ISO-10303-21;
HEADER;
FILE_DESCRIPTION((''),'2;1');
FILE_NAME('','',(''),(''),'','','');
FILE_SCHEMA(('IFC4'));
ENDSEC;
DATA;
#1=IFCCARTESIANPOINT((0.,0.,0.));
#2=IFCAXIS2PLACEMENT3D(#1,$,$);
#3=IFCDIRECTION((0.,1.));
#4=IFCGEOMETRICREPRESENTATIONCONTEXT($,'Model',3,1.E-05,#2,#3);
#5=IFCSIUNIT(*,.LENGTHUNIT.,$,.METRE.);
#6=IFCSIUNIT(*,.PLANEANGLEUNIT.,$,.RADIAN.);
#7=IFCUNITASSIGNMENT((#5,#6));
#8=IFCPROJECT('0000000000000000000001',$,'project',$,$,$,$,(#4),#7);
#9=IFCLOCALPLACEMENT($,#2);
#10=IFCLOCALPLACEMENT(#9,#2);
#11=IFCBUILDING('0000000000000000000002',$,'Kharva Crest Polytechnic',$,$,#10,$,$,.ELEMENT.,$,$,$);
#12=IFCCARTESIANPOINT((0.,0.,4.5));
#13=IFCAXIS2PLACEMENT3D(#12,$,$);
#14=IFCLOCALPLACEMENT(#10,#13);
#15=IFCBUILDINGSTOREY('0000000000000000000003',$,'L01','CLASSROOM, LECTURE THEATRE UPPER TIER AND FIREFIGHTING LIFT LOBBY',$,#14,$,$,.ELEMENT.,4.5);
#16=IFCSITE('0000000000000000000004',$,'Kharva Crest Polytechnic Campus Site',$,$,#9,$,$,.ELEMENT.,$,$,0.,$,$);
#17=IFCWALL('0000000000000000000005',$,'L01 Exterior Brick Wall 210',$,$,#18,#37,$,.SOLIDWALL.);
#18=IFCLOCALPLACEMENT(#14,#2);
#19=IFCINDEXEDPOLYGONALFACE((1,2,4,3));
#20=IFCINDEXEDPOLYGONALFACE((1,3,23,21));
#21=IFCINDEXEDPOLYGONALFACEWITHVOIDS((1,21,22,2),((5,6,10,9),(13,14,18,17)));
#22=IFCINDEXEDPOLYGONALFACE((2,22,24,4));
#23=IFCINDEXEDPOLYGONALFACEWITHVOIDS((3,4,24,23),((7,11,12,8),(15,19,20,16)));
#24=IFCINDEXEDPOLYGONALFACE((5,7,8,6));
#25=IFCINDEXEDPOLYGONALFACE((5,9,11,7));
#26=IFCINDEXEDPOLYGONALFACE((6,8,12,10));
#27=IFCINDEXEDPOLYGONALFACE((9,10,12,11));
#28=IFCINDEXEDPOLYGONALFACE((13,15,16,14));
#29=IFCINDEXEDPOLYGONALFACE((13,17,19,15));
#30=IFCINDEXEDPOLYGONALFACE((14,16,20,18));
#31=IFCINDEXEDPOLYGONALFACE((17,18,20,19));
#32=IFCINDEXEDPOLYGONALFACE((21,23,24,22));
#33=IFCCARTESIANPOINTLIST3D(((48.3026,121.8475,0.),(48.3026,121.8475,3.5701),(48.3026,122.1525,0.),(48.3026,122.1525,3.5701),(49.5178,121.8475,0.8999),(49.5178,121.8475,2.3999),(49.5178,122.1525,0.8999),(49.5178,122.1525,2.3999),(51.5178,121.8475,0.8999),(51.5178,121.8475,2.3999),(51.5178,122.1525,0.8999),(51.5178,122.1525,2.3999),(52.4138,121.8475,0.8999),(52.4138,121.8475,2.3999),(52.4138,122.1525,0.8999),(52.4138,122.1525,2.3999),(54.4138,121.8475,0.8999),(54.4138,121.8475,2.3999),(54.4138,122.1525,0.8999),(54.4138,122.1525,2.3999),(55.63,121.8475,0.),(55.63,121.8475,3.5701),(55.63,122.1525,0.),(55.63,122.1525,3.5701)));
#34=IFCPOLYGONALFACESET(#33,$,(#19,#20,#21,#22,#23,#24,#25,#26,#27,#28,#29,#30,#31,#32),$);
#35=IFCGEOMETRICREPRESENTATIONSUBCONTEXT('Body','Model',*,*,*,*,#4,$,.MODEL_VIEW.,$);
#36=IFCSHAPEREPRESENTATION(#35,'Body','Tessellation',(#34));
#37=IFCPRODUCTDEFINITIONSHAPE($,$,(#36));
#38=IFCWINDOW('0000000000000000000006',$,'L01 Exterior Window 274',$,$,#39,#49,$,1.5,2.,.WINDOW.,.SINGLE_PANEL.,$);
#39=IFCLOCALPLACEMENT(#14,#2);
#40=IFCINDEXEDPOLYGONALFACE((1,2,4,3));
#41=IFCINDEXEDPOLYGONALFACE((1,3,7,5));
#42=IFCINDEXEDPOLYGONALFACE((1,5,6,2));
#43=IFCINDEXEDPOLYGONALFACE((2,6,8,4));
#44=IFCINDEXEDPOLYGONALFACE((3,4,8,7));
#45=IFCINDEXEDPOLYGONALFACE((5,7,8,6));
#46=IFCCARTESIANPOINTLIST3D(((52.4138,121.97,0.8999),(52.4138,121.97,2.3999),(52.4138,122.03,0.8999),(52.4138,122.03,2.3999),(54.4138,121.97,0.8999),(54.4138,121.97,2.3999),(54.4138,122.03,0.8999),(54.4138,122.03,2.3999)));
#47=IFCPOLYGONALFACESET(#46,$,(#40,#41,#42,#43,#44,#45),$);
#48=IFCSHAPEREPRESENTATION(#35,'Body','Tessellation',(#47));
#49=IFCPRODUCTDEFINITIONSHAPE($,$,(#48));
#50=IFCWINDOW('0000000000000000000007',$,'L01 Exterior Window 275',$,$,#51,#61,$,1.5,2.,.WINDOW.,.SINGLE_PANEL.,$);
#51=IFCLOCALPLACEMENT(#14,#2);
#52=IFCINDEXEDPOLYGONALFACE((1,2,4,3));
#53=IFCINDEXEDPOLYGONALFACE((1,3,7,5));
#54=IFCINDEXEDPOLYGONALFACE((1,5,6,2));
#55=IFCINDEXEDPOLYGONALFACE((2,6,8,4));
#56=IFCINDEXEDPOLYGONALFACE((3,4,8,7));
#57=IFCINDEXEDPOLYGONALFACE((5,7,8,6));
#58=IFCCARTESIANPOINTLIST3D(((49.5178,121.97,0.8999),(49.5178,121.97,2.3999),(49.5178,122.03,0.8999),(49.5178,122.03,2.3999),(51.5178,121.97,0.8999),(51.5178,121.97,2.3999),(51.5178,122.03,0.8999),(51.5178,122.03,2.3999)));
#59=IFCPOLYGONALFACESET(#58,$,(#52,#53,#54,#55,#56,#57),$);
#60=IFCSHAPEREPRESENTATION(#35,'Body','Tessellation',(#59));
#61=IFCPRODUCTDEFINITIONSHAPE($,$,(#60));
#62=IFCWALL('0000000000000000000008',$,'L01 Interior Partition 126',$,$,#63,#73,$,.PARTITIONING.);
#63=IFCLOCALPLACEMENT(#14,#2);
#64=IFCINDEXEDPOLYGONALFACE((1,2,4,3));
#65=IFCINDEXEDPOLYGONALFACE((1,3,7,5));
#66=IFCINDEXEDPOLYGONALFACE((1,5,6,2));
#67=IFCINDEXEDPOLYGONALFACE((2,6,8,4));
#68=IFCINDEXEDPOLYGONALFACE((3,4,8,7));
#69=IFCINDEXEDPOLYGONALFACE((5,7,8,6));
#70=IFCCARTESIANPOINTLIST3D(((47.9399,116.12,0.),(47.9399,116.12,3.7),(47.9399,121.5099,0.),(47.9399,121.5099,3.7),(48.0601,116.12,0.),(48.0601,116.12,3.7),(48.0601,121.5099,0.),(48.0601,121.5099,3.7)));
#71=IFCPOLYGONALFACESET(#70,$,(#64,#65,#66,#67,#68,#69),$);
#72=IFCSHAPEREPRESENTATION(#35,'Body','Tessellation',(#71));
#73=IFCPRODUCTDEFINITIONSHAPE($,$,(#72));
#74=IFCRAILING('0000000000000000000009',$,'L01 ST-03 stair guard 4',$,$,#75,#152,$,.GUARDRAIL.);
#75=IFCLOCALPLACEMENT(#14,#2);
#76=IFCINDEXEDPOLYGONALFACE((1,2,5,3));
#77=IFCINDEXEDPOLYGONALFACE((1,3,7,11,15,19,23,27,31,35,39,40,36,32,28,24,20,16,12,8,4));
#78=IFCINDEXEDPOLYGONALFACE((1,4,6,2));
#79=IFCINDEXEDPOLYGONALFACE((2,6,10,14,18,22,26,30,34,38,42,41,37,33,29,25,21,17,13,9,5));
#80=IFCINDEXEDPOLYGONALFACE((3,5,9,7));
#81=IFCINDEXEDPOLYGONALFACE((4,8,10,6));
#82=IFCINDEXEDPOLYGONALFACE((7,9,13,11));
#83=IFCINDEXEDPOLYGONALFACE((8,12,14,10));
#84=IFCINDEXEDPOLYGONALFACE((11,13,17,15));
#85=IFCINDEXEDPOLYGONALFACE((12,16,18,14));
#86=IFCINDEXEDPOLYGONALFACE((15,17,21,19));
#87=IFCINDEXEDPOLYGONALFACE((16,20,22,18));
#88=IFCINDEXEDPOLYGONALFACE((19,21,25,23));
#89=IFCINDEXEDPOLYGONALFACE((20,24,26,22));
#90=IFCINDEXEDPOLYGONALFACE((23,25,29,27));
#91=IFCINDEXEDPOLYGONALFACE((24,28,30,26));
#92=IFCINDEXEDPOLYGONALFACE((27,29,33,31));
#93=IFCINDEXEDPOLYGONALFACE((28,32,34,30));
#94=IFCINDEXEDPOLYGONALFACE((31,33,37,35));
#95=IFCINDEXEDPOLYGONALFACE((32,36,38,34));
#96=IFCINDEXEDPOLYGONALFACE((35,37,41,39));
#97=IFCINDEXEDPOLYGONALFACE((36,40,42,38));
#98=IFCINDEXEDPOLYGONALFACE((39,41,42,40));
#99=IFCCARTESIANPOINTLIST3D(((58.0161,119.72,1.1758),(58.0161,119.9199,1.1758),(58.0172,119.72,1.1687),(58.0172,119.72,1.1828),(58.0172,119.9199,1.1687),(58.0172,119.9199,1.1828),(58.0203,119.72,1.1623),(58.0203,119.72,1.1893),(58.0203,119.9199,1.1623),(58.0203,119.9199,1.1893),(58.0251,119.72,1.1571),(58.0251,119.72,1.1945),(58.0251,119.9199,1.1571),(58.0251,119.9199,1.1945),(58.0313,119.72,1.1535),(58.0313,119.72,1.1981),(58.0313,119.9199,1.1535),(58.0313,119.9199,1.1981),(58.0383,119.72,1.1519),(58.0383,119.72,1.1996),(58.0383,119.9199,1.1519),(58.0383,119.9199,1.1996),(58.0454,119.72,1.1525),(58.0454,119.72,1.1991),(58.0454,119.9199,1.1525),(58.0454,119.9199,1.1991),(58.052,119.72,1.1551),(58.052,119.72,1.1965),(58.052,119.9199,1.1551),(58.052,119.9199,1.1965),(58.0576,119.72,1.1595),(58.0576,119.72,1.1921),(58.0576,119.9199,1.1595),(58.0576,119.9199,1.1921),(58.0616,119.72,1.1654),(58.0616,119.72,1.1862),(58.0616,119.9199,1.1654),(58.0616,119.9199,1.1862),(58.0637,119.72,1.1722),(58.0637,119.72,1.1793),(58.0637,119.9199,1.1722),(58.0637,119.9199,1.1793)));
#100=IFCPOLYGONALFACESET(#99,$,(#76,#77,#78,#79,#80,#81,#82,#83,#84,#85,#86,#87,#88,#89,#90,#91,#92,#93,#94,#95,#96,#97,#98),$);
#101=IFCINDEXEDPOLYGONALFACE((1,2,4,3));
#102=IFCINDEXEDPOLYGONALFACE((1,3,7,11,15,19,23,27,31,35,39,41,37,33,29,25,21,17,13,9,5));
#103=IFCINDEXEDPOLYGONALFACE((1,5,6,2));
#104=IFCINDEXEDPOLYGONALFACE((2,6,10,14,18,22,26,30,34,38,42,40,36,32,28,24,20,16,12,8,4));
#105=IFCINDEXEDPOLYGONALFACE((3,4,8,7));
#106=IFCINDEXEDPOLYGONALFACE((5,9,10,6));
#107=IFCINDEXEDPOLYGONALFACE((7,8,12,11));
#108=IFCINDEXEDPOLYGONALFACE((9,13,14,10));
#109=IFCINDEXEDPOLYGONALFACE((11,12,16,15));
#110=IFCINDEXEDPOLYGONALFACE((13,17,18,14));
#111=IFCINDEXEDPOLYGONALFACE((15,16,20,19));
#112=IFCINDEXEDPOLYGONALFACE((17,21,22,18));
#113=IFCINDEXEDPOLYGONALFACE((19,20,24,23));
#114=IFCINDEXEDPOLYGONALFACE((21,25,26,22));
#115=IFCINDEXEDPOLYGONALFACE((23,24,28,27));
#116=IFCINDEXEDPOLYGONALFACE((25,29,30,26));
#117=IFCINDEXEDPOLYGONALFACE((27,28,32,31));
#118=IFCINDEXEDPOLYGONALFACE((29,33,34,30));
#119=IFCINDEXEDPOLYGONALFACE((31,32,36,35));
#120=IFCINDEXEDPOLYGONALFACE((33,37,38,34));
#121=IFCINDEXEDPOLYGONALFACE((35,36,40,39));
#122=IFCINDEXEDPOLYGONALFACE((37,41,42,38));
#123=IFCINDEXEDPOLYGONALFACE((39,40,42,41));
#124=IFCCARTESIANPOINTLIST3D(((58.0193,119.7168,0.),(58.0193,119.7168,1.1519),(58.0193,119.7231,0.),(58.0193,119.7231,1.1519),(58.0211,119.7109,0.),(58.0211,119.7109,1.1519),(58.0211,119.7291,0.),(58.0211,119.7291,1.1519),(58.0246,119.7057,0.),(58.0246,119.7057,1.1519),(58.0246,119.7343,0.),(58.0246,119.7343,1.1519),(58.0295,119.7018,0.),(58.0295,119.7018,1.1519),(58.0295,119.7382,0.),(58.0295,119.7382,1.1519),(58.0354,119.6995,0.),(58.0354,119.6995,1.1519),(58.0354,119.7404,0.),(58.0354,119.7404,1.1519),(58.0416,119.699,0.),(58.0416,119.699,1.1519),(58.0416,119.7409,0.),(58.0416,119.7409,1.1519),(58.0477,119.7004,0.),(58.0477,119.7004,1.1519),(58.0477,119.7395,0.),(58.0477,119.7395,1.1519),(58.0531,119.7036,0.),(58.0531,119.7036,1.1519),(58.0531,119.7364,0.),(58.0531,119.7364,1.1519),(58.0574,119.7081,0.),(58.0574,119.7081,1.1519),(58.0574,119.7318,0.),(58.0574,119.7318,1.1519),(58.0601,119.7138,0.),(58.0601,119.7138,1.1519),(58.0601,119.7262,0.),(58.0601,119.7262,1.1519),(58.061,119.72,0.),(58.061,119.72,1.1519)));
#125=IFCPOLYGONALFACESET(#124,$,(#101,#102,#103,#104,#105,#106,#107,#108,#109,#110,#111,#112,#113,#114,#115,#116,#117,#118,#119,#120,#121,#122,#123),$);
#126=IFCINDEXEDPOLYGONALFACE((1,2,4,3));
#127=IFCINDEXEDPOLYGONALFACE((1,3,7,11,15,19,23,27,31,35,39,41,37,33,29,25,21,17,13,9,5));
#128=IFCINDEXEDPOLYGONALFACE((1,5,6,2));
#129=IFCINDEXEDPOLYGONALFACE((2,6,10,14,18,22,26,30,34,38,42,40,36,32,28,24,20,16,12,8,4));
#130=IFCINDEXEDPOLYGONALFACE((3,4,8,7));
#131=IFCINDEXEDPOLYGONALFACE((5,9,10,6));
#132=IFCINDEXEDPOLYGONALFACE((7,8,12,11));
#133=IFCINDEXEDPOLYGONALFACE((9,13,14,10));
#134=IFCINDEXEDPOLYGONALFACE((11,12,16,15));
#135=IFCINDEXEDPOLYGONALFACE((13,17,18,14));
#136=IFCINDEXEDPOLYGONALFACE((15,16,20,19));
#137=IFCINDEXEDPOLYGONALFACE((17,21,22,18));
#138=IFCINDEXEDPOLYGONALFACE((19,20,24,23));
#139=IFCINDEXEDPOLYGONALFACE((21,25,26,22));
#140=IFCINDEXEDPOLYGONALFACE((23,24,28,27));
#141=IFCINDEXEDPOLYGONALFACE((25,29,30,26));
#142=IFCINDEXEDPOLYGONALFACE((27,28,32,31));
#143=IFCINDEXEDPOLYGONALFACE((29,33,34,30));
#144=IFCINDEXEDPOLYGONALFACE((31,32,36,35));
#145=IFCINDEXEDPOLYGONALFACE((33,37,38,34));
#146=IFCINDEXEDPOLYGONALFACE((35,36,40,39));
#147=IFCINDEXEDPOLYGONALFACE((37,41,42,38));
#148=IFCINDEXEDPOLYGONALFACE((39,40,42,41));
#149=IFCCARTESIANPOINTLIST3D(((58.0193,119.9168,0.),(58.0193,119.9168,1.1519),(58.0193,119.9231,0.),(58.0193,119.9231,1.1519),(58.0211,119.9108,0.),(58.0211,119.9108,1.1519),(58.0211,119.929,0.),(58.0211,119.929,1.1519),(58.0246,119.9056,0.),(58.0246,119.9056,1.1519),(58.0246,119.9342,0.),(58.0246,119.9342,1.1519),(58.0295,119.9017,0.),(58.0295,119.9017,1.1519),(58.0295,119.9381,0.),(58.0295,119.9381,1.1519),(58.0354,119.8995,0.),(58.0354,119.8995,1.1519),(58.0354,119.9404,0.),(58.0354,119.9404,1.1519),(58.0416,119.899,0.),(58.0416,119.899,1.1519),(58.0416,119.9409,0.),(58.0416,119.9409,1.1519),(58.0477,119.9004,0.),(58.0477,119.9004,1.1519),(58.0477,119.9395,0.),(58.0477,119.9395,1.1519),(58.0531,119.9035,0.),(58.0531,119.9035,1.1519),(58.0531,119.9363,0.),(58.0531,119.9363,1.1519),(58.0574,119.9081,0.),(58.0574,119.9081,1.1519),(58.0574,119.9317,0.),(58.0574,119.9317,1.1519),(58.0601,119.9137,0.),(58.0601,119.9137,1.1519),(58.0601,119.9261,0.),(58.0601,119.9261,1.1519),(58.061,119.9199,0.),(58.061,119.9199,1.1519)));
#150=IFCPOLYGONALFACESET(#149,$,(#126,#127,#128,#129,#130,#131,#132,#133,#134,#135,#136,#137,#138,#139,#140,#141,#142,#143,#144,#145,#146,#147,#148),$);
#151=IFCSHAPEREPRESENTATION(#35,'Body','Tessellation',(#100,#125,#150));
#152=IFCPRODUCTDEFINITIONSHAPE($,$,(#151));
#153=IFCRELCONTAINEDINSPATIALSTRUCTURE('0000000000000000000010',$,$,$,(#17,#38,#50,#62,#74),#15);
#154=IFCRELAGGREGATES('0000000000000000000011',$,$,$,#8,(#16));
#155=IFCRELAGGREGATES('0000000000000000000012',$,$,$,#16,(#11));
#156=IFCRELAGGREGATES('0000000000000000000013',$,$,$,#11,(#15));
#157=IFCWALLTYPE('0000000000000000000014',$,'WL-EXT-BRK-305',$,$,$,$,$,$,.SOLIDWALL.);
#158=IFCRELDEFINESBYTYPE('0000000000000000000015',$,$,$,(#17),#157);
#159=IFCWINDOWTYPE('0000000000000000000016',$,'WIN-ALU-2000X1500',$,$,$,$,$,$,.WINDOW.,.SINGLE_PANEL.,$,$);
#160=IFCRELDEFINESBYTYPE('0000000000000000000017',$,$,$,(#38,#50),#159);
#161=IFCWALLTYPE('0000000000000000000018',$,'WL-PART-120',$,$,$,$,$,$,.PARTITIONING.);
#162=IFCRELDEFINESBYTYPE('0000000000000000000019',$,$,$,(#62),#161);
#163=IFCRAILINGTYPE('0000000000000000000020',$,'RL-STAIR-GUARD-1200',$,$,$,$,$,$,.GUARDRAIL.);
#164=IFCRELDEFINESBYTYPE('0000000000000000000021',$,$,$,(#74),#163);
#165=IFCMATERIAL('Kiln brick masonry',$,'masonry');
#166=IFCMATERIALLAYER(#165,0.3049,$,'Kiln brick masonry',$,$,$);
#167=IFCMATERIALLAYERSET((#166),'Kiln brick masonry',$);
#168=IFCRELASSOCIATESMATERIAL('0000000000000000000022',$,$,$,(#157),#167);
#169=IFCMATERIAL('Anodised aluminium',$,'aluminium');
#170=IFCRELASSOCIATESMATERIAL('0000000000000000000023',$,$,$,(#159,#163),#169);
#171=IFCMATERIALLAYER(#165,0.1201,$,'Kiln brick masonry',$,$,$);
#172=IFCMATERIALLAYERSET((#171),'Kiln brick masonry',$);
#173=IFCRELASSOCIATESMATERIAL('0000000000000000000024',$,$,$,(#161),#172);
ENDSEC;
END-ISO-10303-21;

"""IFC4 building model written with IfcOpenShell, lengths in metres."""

from ifc_helpers import new_model, si_unit, direction, frame, frame_2d, origin, origin_2d, place, context, subcontext, project, spatial, rectangle, circle, extrude, material, layer, layer_set, type_object, element, fill, save


model = new_model("IFC4")

# Units and contexts
model_context = context("Model", 3, precision=1e-05, world=origin(), true_north=direction((0.0, 1.0)))
body_context = subcontext(model_context, "Body", "Model", "MODEL_VIEW")
ifc_project = project(units=[si_unit("LENGTHUNIT", "METRE"), si_unit("PLANEANGLEUNIT", "RADIAN")], contexts=[model_context])

# Site, building, storey
site_placement = place(None, origin())
site = spatial("IfcSite", under=ifc_project, at=site_placement, Name="Kharva Crest Polytechnic Campus Site", CompositionType="ELEMENT", RefElevation=0.0)
building_placement = place(site_placement, origin())
building = spatial("IfcBuilding", under=site, at=building_placement, Name="Kharva Crest Polytechnic", CompositionType="ELEMENT")
storey_placement = place(building_placement, frame((0.0, 0.0, 4.5)))
storey = spatial("IfcBuildingStorey", under=building, at=storey_placement, Name="L01", Description="CLASSROOM, LECTURE THEATRE UPPER TIER AND FIREFIGHTING LIFT LOBBY", CompositionType="ELEMENT", Elevation=4.5)

# Wall, openings, windows
ifc_material_1 = material(Name="Kiln brick masonry", Category="masonry")
ifc_layer_1 = layer(ifc_material_1, 0.3049, Name="Kiln brick masonry")
ifc_layer_set_1 = layer_set([ifc_layer_1], Name="Kiln brick masonry")
wall_type_1 = type_object("IfcWallType", Name="WL-EXT-BRK-305", PredefinedType="SOLIDWALL", material=ifc_layer_set_1)
wall_1_placement = place(storey_placement, frame((55.6299, 122.0, 0.0), z_axis=(0.0, 0.0, 1.0), x_axis=(-1.0, 0.0, 0.0)))
wall_1 = element("IfcWall", 1, at=wall_1_placement, inside=storey, type_object=wall_type_1, Name="L01 Exterior Brick Wall 210", PredefinedType="SOLIDWALL", context=body_context, shape_type="SweptSolid", body=[
    extrude(rectangle(XDim=7.3274, YDim=0.3049, at=frame_2d((3.6636, 0.0))), origin(), (0.0, 0.0, 1.0), 3.5701),
])
opening_1_placement = place(wall_1_placement, frame((1.2161, 0.0, 0.8999)))
opening_1 = element("IfcOpeningElement", 2, at=opening_1_placement, cuts=wall_1, PredefinedType="OPENING", context=body_context, shape_type="SweptSolid", body=[
    extrude(rectangle(XDim=2.0, YDim=1.5, at=frame_2d((1.0, 0.75))), frame((0.0, 0.1624, 0.0), z_axis=(0.0, -1.0, 0.0), x_axis=(1.0, 0.0, 0.0)), (0.0, 0.0, 1.0), 0.325),
])
opening_2_placement = place(wall_1_placement, frame((4.1121, 0.0, 0.8999)))
opening_2 = element("IfcOpeningElement", 3, at=opening_2_placement, cuts=wall_1, PredefinedType="OPENING", context=body_context, shape_type="SweptSolid", body=[
    extrude(rectangle(XDim=2.0, YDim=1.5, at=frame_2d((1.0, 0.75))), frame((0.0, 0.1624, 0.0), z_axis=(0.0, -1.0, 0.0), x_axis=(1.0, 0.0, 0.0)), (0.0, 0.0, 1.0), 0.325),
])
ifc_material_2 = material(Name="Anodised aluminium", Category="aluminium")
window_type = type_object("IfcWindowType", Name="WIN-ALU-2000X1500", PartitioningType="SINGLE_PANEL", PredefinedType="WINDOW", material=ifc_material_2)
window_1_placement = place(opening_1_placement, origin())
window_1 = element("IfcWindow", 4, at=window_1_placement, inside=storey, type_object=window_type, Name="L01 Exterior Window 274", OverallHeight=1.5, OverallWidth=2.0, PartitioningType="SINGLE_PANEL", PredefinedType="WINDOW", context=body_context, shape_type="SweptSolid", body=[
    extrude(rectangle(XDim=2.0, YDim=1.5, at=frame_2d((1.0, 0.75))), frame((0.0, 0.03, 0.0), z_axis=(0.0, -1.0, 0.0), x_axis=(1.0, 0.0, 0.0)), (0.0, 0.0, 1.0), 0.0601),
])
fill(opening_1, window_1)
window_2_placement = place(opening_2_placement, origin())
window_2 = element("IfcWindow", 5, at=window_2_placement, inside=storey, type_object=window_type, Name="L01 Exterior Window 275", OverallHeight=1.5, OverallWidth=2.0, PartitioningType="SINGLE_PANEL", PredefinedType="WINDOW", context=body_context, shape_type="SweptSolid", body=[
    extrude(rectangle(XDim=2.0, YDim=1.5, at=frame_2d((1.0, 0.75))), frame((0.0, 0.03, 0.0), z_axis=(0.0, -1.0, 0.0), x_axis=(1.0, 0.0, 0.0)), (0.0, 0.0, 1.0), 0.0601),
])
fill(opening_2, window_2)

# Wall
ifc_layer_2 = layer(ifc_material_1, 0.1201, Name="Kiln brick masonry")
ifc_layer_set_2 = layer_set([ifc_layer_2], Name="Kiln brick masonry")
wall_type_2 = type_object("IfcWallType", Name="WL-PART-120", PredefinedType="PARTITIONING", material=ifc_layer_set_2)
wall_2_placement = place(storey_placement, frame((48.0, 116.1201, 0.0), z_axis=(0.0, 0.0, 1.0), x_axis=(0.0, 1.0, 0.0)))
element("IfcWall", 6, at=wall_2_placement, inside=storey, type_object=wall_type_2, Name="L01 Interior Partition 126", PredefinedType="PARTITIONING", context=body_context, shape_type="SweptSolid", body=[
    extrude(rectangle(XDim=5.3899, YDim=0.1201, at=frame_2d((2.6948, 0.0))), origin(), (0.0, 0.0, 1.0), 3.7),
])

# Railing
railing_type_1 = type_object("IfcRailingType", Name="RL-STAIR-GUARD-1200", PredefinedType="GUARDRAIL", material=ifc_material_2)
railing_1_placement = place(storey_placement, frame((58.04, 119.72, 0.0)))
element("IfcRailing", 7, at=railing_1_placement, inside=storey, type_object=railing_type_1, Name="L01 ST-03 stair guard 4", PredefinedType="GUARDRAIL", context=body_context, shape_type="SweptSolid", body=[
    extrude(circle(Radius=0.0239, at=origin_2d()), frame((0.0, 0.0, 1.1758), z_axis=(0.0, 1.0, 0.0), x_axis=(-1.0, 0.0, 0.0)), (0.0, 0.0, 1.0), 0.2),
    extrude(circle(Radius=0.021, at=origin_2d()), origin(), (0.0, 0.0, 1.0), 1.1519),
    extrude(circle(Radius=0.021, at=origin_2d()), frame((0.0, 0.2, 0.0)), (0.0, 0.0, 1.0), 1.1519),
])

save(model, "model.ifc")
